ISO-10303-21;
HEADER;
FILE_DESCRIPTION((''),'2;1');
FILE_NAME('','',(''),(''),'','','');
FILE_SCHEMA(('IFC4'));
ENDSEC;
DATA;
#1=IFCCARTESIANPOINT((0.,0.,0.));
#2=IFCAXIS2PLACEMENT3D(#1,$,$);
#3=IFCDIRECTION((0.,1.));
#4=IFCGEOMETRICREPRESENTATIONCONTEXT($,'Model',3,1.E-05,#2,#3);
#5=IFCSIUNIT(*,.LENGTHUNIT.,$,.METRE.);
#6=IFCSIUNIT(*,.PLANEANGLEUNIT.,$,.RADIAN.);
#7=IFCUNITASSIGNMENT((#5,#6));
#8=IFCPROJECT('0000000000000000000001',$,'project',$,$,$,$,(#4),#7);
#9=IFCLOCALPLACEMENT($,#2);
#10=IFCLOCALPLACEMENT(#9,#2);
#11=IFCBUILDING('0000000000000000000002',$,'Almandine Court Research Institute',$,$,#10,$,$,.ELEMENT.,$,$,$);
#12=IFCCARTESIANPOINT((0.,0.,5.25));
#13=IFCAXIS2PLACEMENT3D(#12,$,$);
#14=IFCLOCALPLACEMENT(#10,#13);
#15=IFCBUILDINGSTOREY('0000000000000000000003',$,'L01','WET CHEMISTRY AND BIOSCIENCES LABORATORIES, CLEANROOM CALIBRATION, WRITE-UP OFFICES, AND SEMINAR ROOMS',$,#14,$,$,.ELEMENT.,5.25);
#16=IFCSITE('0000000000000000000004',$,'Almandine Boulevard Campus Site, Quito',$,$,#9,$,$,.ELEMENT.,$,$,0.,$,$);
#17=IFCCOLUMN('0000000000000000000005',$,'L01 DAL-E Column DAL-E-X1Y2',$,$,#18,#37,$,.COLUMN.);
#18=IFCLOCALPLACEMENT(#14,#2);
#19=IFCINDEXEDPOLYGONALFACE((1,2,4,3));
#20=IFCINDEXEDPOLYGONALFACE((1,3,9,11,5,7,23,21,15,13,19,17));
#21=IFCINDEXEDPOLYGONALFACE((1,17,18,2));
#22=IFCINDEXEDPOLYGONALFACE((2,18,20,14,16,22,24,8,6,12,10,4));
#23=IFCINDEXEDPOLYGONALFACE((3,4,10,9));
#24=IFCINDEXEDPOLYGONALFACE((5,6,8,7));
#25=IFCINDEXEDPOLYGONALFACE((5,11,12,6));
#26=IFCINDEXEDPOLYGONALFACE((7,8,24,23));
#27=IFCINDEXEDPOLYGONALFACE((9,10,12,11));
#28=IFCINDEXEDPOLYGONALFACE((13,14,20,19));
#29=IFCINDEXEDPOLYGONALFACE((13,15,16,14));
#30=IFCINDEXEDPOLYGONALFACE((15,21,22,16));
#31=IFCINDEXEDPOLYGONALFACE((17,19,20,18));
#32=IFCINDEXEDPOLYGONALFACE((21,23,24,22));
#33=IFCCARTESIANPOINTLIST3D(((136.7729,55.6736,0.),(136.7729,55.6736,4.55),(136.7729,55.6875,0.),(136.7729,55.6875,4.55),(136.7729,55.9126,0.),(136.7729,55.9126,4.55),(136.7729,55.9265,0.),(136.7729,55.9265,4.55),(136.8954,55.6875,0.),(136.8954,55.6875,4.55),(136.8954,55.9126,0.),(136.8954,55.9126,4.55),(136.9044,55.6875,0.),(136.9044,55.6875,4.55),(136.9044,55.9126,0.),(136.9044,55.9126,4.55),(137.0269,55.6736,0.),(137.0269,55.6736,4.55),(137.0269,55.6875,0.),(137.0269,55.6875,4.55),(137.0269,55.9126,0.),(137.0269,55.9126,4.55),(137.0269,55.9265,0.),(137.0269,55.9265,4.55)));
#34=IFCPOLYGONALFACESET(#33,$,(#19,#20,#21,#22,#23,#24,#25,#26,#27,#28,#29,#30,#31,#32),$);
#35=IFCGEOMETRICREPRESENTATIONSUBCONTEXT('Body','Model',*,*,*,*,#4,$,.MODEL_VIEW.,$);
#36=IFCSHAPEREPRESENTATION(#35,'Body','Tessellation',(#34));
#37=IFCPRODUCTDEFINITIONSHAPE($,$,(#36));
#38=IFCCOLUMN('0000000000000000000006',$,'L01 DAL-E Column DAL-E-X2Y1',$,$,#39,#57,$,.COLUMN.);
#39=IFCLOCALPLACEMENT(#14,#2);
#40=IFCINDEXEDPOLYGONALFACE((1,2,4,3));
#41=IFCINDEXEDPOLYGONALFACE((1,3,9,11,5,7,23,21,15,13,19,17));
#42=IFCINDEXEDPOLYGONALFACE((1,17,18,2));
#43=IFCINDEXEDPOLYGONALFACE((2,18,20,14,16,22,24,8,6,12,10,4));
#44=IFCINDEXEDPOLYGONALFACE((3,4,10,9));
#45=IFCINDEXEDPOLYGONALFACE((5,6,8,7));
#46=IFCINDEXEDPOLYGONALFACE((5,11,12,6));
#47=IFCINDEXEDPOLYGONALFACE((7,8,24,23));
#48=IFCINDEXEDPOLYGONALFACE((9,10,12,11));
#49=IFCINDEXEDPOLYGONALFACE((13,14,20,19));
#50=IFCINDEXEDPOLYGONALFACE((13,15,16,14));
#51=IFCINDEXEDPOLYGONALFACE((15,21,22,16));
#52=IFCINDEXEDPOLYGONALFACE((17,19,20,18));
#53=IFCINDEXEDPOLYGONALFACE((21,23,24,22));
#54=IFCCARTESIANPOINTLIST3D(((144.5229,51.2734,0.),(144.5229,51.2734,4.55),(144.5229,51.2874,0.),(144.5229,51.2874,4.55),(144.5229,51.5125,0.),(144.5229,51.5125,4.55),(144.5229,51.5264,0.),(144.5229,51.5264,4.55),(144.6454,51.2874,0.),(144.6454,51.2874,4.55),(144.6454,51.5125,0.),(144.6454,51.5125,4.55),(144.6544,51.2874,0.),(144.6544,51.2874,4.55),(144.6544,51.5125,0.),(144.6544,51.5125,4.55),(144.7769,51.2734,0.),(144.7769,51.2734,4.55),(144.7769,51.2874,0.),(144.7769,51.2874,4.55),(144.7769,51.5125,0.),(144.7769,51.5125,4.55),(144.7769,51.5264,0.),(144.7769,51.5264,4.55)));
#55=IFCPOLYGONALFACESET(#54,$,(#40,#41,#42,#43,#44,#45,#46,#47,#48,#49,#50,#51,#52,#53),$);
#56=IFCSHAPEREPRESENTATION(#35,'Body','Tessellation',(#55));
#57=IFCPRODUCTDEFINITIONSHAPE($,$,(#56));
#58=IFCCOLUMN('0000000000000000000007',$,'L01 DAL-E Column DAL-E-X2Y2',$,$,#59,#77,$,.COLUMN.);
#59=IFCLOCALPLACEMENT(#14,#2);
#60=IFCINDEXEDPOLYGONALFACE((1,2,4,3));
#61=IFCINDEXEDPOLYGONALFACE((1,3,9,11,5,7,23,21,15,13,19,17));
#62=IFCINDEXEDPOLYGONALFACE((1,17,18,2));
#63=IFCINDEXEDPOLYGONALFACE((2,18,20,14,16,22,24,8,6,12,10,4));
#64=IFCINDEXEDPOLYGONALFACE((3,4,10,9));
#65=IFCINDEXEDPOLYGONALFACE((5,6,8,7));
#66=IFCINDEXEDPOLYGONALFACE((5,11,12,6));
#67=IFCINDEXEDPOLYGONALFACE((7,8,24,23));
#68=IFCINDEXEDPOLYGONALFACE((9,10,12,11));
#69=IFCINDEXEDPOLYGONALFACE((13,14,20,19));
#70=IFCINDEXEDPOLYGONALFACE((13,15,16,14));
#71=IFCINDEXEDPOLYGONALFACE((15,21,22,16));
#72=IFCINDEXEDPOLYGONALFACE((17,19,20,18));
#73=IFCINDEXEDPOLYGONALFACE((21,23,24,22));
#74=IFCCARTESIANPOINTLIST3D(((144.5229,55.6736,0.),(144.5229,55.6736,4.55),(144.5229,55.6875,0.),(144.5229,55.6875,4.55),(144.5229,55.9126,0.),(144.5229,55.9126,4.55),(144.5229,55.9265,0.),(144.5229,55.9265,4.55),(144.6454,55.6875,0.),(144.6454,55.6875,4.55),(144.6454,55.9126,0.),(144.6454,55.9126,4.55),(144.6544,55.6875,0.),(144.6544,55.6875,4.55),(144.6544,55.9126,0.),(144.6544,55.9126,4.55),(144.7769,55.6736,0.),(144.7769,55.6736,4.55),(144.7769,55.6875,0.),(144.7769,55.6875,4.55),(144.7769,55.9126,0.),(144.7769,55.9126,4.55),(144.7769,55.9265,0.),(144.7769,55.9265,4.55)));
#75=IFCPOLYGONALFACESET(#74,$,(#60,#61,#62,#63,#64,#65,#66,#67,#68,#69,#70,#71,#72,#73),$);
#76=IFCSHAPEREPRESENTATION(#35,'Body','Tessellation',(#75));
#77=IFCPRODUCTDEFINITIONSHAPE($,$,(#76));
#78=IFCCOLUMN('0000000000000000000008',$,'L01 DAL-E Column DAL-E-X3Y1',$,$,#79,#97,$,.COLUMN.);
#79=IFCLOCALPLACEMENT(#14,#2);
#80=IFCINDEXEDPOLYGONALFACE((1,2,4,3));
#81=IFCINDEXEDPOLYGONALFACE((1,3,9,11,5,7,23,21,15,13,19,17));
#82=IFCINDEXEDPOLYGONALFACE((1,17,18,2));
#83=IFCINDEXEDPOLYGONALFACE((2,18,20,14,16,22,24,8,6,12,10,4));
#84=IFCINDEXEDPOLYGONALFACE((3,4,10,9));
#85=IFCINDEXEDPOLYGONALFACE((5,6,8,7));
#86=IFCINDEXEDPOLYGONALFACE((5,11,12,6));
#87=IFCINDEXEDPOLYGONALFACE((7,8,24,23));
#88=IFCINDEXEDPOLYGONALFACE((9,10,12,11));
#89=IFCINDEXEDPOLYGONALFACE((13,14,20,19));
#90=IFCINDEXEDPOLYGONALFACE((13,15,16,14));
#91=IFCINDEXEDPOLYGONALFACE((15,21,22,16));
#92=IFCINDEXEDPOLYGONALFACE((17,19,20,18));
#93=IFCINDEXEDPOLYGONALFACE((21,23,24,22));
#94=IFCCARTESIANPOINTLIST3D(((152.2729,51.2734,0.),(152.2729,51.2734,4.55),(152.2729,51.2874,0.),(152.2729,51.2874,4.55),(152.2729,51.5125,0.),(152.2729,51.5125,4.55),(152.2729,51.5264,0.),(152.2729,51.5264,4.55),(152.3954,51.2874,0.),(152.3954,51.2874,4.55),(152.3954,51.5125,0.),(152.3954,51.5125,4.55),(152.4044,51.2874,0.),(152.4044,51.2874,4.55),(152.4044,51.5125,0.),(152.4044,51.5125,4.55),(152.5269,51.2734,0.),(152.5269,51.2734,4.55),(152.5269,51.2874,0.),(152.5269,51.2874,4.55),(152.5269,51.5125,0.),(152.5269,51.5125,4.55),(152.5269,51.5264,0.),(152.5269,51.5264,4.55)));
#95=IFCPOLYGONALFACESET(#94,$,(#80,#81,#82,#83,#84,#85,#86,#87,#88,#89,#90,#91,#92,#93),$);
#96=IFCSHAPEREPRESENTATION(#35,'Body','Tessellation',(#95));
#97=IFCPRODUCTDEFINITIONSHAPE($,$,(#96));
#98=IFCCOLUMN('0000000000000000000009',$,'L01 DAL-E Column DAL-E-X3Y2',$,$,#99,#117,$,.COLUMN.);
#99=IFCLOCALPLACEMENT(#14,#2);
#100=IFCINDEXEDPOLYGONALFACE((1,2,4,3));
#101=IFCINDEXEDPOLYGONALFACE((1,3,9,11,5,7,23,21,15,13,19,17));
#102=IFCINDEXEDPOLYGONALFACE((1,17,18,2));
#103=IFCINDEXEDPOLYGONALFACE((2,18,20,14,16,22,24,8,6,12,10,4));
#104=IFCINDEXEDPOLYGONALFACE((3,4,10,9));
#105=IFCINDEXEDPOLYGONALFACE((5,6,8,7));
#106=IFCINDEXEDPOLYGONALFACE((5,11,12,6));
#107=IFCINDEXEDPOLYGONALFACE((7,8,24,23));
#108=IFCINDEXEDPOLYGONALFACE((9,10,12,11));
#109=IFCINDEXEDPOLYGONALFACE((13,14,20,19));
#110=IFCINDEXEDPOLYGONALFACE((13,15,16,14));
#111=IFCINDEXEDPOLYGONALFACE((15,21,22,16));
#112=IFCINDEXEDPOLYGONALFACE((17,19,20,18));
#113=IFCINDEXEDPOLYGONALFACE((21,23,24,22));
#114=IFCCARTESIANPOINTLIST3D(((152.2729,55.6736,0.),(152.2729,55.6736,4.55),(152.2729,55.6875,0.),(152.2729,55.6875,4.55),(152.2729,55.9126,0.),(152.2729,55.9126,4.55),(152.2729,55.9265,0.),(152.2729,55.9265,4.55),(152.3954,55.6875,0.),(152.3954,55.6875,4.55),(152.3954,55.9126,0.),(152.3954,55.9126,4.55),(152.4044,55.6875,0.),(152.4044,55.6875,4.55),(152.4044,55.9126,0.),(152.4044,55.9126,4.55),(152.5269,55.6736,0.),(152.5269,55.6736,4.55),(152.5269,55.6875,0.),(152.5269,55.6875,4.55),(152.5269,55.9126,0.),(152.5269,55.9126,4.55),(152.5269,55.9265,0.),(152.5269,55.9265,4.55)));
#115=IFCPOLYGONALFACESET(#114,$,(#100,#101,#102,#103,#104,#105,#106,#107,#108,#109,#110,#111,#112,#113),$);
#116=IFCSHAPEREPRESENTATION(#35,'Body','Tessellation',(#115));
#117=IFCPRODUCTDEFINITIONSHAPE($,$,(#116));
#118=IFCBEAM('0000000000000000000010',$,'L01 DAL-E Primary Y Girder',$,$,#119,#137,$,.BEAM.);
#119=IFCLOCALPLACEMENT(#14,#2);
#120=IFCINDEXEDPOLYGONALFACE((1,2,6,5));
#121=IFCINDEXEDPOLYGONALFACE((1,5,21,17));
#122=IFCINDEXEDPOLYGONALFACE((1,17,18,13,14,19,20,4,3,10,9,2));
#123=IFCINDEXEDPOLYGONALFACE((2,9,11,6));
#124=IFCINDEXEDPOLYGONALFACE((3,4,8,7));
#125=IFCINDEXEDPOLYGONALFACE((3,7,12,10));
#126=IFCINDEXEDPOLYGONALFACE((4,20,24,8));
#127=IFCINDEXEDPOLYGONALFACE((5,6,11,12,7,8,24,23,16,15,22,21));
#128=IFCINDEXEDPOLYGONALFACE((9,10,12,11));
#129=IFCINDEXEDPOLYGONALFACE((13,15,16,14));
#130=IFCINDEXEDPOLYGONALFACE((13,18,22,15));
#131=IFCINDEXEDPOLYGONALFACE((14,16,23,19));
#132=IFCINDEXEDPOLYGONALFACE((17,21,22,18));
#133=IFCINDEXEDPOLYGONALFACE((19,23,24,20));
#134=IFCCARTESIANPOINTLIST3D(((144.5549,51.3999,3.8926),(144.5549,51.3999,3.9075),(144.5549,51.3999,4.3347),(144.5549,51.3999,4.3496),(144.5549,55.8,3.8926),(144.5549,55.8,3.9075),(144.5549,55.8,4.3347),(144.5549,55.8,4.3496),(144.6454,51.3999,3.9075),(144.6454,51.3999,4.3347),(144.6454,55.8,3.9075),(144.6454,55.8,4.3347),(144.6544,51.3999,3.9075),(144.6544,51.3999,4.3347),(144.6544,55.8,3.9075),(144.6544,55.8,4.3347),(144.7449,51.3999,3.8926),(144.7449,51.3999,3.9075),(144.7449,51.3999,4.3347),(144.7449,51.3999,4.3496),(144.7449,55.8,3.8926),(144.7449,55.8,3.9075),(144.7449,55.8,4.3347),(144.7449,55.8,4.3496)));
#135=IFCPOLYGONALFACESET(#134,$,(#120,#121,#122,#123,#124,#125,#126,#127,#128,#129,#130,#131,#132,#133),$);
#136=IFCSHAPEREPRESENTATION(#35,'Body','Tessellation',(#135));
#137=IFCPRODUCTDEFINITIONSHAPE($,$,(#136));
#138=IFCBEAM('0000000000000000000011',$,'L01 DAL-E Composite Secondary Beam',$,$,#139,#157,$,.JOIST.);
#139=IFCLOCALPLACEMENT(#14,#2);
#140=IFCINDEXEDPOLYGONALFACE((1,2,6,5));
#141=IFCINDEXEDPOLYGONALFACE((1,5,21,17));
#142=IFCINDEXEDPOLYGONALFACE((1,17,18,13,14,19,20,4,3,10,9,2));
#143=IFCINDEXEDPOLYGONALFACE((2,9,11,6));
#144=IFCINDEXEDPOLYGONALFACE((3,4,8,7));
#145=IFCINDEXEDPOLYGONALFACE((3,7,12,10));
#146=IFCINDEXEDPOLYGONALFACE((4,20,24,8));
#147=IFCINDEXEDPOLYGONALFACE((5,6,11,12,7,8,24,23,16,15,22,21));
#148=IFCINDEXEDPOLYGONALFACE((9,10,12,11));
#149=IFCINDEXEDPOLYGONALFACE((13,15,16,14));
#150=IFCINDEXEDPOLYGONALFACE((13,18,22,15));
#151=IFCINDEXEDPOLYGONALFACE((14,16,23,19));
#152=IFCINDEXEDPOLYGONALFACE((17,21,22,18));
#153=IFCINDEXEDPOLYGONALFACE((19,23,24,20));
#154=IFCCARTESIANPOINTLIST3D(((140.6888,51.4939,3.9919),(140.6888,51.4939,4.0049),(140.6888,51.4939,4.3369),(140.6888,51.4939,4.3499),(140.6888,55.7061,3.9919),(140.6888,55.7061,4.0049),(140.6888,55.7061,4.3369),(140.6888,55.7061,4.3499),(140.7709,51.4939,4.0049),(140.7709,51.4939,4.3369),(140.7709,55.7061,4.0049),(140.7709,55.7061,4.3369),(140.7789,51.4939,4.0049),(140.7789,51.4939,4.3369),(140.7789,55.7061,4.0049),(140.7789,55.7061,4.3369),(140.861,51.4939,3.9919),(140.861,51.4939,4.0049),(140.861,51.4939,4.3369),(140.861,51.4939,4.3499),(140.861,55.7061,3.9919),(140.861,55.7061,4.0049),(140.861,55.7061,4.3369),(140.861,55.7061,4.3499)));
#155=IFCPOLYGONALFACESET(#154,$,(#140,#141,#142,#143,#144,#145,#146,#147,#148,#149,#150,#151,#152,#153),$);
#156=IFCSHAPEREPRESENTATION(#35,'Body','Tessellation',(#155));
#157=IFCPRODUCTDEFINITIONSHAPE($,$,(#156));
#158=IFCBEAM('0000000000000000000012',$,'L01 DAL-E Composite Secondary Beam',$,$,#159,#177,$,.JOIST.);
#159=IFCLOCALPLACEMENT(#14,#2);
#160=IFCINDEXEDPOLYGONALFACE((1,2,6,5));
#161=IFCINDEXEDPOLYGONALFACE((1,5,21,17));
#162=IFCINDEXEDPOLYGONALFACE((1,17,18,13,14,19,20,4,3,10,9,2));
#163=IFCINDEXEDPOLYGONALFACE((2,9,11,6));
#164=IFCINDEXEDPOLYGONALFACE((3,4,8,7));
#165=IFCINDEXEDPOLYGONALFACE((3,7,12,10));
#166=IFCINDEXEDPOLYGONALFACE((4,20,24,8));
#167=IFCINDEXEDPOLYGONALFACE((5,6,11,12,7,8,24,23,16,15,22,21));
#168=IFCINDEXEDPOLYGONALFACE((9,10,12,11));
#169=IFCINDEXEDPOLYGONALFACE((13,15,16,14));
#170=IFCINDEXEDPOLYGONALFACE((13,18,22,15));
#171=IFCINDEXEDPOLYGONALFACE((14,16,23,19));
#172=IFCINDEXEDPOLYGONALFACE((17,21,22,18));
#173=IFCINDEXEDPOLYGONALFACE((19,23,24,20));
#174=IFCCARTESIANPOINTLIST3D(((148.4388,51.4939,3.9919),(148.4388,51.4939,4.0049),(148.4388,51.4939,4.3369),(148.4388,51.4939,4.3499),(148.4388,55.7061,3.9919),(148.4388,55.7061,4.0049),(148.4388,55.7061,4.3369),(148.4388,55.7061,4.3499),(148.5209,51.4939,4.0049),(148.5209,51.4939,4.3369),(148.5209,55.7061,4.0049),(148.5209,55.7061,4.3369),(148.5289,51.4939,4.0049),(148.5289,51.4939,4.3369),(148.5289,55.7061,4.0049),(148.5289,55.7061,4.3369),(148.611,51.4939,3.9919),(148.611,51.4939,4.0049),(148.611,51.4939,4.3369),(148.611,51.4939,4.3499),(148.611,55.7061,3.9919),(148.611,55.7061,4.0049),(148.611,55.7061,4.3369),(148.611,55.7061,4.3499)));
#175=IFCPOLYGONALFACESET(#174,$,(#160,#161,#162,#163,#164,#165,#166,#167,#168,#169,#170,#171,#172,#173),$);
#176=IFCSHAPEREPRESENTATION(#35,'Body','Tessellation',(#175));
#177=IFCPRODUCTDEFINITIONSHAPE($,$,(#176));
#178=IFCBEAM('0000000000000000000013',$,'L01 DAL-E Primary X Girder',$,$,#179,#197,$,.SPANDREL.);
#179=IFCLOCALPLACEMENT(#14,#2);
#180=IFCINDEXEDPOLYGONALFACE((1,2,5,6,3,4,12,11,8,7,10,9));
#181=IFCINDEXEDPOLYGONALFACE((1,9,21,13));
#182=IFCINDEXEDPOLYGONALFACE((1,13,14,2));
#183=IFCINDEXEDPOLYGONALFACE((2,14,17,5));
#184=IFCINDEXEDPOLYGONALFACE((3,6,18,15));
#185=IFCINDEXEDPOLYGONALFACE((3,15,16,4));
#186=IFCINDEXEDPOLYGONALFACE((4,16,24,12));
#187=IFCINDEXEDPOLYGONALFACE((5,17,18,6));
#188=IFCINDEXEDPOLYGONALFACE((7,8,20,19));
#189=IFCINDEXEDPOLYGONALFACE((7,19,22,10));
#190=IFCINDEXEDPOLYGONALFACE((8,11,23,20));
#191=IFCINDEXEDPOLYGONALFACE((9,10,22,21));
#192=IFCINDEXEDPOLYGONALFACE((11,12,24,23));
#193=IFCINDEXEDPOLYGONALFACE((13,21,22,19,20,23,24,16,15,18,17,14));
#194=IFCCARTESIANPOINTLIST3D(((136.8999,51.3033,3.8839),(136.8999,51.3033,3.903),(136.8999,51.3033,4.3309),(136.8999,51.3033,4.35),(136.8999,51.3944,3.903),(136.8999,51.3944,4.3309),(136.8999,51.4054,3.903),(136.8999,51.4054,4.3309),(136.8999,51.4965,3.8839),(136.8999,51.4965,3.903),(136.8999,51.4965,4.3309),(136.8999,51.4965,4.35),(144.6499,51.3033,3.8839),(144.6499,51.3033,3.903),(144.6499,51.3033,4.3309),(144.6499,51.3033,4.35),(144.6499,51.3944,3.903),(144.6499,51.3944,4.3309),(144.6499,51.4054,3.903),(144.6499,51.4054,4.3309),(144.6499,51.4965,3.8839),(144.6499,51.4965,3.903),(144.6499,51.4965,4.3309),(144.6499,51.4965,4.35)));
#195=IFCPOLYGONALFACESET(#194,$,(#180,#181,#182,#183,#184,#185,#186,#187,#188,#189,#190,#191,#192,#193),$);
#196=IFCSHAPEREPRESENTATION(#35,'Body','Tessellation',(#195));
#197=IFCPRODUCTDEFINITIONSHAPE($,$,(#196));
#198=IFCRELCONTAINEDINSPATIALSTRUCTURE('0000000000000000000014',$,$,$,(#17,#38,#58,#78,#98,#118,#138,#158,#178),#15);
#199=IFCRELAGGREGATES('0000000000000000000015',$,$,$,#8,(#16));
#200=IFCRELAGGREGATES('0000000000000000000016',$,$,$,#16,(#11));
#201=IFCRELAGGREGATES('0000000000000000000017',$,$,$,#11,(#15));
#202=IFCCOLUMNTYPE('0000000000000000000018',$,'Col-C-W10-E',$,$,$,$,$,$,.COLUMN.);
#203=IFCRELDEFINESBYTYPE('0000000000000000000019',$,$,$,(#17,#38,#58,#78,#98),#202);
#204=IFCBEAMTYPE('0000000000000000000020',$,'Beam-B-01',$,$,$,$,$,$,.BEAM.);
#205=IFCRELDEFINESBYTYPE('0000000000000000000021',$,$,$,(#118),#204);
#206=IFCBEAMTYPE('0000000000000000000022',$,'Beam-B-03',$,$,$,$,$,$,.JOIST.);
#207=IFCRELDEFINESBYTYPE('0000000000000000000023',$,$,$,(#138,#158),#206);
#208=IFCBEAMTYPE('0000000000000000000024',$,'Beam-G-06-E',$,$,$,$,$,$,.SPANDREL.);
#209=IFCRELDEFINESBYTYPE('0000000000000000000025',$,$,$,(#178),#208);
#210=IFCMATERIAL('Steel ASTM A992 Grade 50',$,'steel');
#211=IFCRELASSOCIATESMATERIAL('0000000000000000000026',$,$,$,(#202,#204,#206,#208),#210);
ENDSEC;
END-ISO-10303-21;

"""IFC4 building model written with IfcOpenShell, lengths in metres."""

from ifc_helpers import new_model, si_unit, direction, frame, origin, origin_2d, place, context, subcontext, project, spatial, i_section, extrude, material, material_profile, profile_set, type_object, element, save


model = new_model("IFC4")

# Units and contexts
model_context = context("Model", 3, precision=1e-05, world=origin(), true_north=direction((0.0, 1.0)))
body_context = subcontext(model_context, "Body", "Model", "MODEL_VIEW")
ifc_project = project(units=[si_unit("LENGTHUNIT", "METRE"), si_unit("PLANEANGLEUNIT", "RADIAN")], contexts=[model_context])

# Site, building, storey
site_placement = place(None, origin())
site = spatial("IfcSite", under=ifc_project, at=site_placement, Name="Almandine Boulevard Campus Site, Quito", CompositionType="ELEMENT", RefElevation=0.0)
building_placement = place(site_placement, origin())
building = spatial("IfcBuilding", under=site, at=building_placement, Name="Almandine Court Research Institute", CompositionType="ELEMENT")
storey_placement = place(building_placement, frame((0.0, 0.0, 5.25)))
storey = spatial("IfcBuildingStorey", under=building, at=storey_placement, Name="L01", Description="WET CHEMISTRY AND BIOSCIENCES LABORATORIES, CLEANROOM CALIBRATION, WRITE-UP OFFICES, AND SEMINAR ROOMS", CompositionType="ELEMENT", Elevation=5.25)

# Columns
ifc_material_1 = material(Name="Steel ASTM A992 Grade 50", Category="steel")
ifc_material_profile_1 = material_profile(ifc_material_1, i_section(OverallWidth=0.2539, OverallDepth=0.2529, WebThickness=0.009, FlangeThickness=0.0139, at=origin_2d()), Name="W250x73")
ifc_profile_set_1 = profile_set([ifc_material_profile_1], Name="Steel ASTM A992 Grade 50")
column_type = type_object("IfcColumnType", Name="Col-C-W10-E", PredefinedType="COLUMN", material=ifc_profile_set_1)
for number, where, z_axis, x_axis, name in (
    (1, (136.8999, 55.8, 0.0), (0.0, 0.0, 1.0), (1.0, 0.0, 0.0), "L01 DAL-E Column DAL-E-X1Y2"),
    (2, (144.6499, 51.3999, 0.0), (0.0, 0.0, 1.0), (1.0, 0.0, 0.0), "L01 DAL-E Column DAL-E-X2Y1"),
    (3, (144.6499, 55.8, 0.0), (0.0, 0.0, 1.0), (1.0, 0.0, 0.0), "L01 DAL-E Column DAL-E-X2Y2"),
    (4, (152.3999, 51.3999, 0.0), (0.0, 0.0, 1.0), (1.0, 0.0, 0.0), "L01 DAL-E Column DAL-E-X3Y1"),
    (5, (152.3999, 55.8, 0.0), (0.0, 0.0, 1.0), (1.0, 0.0, 0.0), "L01 DAL-E Column DAL-E-X3Y2"),
):
    element("IfcColumn", number, at=place(storey_placement, frame(where, z_axis=z_axis, x_axis=x_axis)), inside=storey, type_object=column_type, Name=name, PredefinedType="COLUMN", context=body_context, shape_type="SweptSolid", body=[
        extrude(i_section(OverallWidth=0.2539, OverallDepth=0.2529, WebThickness=0.009, FlangeThickness=0.0139, at=origin_2d()), origin(), (0.0, 0.0, 1.0), 4.55),
    ])

# Beams
ifc_material_profile_2 = material_profile(ifc_material_1, i_section(OverallWidth=0.1899, OverallDepth=0.457, WebThickness=0.009, FlangeThickness=0.0149, at=origin_2d()), Name="W460x74")
ifc_profile_set_2 = profile_set([ifc_material_profile_2], Name="Steel ASTM A992 Grade 50")
beam_type_1 = type_object("IfcBeamType", Name="Beam-B-01", PredefinedType="BEAM", material=ifc_profile_set_2)
beam_1_placement = place(storey_placement, frame((144.6499, 51.3999, 4.1211), z_axis=(0.0, 1.0, 0.0), x_axis=(-1.0, 0.0, 0.0)))
element("IfcBeam", 6, at=beam_1_placement, inside=storey, type_object=beam_type_1, Name="L01 DAL-E Primary Y Girder", PredefinedType="BEAM", context=body_context, shape_type="SweptSolid", body=[
    extrude(i_section(OverallWidth=0.1899, OverallDepth=0.457, WebThickness=0.009, FlangeThickness=0.0149, at=origin_2d()), origin(), (0.0, 0.0, 1.0), 4.4001),
])
ifc_material_profile_3 = material_profile(ifc_material_1, i_section(OverallWidth=0.1721, OverallDepth=0.3579, WebThickness=0.0081, FlangeThickness=0.0129, at=origin_2d()), Name="W360x57")
ifc_profile_set_3 = profile_set([ifc_material_profile_3], Name="Steel ASTM A992 Grade 50")
beam_type_2 = type_object("IfcBeamType", Name="Beam-B-03", PredefinedType="JOIST", material=ifc_profile_set_3)
for number, where, z_axis, x_axis, name in (
    (7, (140.7749, 51.4939, 4.1709), (0.0, 1.0, 0.0), (-1.0, 0.0, 0.0), "L01 DAL-E Composite Secondary Beam"),
    (8, (148.5249, 51.4939, 4.1709), (0.0, 1.0, 0.0), (-1.0, 0.0, 0.0), "L01 DAL-E Composite Secondary Beam"),
):
    element("IfcBeam", number, at=place(storey_placement, frame(where, z_axis=z_axis, x_axis=x_axis)), inside=storey, type_object=beam_type_2, Name=name, PredefinedType="JOIST", context=body_context, shape_type="SweptSolid", body=[
        extrude(i_section(OverallWidth=0.1721, OverallDepth=0.3579, WebThickness=0.0081, FlangeThickness=0.0129, at=origin_2d()), origin(), (0.0, 0.0, 1.0), 4.2122),
    ])
ifc_material_profile_4 = material_profile(ifc_material_1, i_section(OverallWidth=0.1931, OverallDepth=0.4661, WebThickness=0.011, FlangeThickness=0.019, at=origin_2d()), Name="W460x97")
ifc_profile_set_4 = profile_set([ifc_material_profile_4], Name="Steel ASTM A992 Grade 50")
beam_type_3 = type_object("IfcBeamType", Name="Beam-G-06-E", PredefinedType="SPANDREL", material=ifc_profile_set_4)
for number, where, z_axis, x_axis, name in (
    (9, (136.8999, 51.3999, 4.1169), (1.0, 0.0, 0.0), (0.0, 1.0, 0.0), "L01 DAL-E Primary X Girder"),
):
    element("IfcBeam", number, at=place(storey_placement, frame(where, z_axis=z_axis, x_axis=x_axis)), inside=storey, type_object=beam_type_3, Name=name, PredefinedType="SPANDREL", context=body_context, shape_type="SweptSolid", body=[
        extrude(i_section(OverallWidth=0.1931, OverallDepth=0.4661, WebThickness=0.011, FlangeThickness=0.019, at=origin_2d()), origin(), (0.0, 0.0, 1.0), 7.75),
    ])

save(model, "model.ifc")
